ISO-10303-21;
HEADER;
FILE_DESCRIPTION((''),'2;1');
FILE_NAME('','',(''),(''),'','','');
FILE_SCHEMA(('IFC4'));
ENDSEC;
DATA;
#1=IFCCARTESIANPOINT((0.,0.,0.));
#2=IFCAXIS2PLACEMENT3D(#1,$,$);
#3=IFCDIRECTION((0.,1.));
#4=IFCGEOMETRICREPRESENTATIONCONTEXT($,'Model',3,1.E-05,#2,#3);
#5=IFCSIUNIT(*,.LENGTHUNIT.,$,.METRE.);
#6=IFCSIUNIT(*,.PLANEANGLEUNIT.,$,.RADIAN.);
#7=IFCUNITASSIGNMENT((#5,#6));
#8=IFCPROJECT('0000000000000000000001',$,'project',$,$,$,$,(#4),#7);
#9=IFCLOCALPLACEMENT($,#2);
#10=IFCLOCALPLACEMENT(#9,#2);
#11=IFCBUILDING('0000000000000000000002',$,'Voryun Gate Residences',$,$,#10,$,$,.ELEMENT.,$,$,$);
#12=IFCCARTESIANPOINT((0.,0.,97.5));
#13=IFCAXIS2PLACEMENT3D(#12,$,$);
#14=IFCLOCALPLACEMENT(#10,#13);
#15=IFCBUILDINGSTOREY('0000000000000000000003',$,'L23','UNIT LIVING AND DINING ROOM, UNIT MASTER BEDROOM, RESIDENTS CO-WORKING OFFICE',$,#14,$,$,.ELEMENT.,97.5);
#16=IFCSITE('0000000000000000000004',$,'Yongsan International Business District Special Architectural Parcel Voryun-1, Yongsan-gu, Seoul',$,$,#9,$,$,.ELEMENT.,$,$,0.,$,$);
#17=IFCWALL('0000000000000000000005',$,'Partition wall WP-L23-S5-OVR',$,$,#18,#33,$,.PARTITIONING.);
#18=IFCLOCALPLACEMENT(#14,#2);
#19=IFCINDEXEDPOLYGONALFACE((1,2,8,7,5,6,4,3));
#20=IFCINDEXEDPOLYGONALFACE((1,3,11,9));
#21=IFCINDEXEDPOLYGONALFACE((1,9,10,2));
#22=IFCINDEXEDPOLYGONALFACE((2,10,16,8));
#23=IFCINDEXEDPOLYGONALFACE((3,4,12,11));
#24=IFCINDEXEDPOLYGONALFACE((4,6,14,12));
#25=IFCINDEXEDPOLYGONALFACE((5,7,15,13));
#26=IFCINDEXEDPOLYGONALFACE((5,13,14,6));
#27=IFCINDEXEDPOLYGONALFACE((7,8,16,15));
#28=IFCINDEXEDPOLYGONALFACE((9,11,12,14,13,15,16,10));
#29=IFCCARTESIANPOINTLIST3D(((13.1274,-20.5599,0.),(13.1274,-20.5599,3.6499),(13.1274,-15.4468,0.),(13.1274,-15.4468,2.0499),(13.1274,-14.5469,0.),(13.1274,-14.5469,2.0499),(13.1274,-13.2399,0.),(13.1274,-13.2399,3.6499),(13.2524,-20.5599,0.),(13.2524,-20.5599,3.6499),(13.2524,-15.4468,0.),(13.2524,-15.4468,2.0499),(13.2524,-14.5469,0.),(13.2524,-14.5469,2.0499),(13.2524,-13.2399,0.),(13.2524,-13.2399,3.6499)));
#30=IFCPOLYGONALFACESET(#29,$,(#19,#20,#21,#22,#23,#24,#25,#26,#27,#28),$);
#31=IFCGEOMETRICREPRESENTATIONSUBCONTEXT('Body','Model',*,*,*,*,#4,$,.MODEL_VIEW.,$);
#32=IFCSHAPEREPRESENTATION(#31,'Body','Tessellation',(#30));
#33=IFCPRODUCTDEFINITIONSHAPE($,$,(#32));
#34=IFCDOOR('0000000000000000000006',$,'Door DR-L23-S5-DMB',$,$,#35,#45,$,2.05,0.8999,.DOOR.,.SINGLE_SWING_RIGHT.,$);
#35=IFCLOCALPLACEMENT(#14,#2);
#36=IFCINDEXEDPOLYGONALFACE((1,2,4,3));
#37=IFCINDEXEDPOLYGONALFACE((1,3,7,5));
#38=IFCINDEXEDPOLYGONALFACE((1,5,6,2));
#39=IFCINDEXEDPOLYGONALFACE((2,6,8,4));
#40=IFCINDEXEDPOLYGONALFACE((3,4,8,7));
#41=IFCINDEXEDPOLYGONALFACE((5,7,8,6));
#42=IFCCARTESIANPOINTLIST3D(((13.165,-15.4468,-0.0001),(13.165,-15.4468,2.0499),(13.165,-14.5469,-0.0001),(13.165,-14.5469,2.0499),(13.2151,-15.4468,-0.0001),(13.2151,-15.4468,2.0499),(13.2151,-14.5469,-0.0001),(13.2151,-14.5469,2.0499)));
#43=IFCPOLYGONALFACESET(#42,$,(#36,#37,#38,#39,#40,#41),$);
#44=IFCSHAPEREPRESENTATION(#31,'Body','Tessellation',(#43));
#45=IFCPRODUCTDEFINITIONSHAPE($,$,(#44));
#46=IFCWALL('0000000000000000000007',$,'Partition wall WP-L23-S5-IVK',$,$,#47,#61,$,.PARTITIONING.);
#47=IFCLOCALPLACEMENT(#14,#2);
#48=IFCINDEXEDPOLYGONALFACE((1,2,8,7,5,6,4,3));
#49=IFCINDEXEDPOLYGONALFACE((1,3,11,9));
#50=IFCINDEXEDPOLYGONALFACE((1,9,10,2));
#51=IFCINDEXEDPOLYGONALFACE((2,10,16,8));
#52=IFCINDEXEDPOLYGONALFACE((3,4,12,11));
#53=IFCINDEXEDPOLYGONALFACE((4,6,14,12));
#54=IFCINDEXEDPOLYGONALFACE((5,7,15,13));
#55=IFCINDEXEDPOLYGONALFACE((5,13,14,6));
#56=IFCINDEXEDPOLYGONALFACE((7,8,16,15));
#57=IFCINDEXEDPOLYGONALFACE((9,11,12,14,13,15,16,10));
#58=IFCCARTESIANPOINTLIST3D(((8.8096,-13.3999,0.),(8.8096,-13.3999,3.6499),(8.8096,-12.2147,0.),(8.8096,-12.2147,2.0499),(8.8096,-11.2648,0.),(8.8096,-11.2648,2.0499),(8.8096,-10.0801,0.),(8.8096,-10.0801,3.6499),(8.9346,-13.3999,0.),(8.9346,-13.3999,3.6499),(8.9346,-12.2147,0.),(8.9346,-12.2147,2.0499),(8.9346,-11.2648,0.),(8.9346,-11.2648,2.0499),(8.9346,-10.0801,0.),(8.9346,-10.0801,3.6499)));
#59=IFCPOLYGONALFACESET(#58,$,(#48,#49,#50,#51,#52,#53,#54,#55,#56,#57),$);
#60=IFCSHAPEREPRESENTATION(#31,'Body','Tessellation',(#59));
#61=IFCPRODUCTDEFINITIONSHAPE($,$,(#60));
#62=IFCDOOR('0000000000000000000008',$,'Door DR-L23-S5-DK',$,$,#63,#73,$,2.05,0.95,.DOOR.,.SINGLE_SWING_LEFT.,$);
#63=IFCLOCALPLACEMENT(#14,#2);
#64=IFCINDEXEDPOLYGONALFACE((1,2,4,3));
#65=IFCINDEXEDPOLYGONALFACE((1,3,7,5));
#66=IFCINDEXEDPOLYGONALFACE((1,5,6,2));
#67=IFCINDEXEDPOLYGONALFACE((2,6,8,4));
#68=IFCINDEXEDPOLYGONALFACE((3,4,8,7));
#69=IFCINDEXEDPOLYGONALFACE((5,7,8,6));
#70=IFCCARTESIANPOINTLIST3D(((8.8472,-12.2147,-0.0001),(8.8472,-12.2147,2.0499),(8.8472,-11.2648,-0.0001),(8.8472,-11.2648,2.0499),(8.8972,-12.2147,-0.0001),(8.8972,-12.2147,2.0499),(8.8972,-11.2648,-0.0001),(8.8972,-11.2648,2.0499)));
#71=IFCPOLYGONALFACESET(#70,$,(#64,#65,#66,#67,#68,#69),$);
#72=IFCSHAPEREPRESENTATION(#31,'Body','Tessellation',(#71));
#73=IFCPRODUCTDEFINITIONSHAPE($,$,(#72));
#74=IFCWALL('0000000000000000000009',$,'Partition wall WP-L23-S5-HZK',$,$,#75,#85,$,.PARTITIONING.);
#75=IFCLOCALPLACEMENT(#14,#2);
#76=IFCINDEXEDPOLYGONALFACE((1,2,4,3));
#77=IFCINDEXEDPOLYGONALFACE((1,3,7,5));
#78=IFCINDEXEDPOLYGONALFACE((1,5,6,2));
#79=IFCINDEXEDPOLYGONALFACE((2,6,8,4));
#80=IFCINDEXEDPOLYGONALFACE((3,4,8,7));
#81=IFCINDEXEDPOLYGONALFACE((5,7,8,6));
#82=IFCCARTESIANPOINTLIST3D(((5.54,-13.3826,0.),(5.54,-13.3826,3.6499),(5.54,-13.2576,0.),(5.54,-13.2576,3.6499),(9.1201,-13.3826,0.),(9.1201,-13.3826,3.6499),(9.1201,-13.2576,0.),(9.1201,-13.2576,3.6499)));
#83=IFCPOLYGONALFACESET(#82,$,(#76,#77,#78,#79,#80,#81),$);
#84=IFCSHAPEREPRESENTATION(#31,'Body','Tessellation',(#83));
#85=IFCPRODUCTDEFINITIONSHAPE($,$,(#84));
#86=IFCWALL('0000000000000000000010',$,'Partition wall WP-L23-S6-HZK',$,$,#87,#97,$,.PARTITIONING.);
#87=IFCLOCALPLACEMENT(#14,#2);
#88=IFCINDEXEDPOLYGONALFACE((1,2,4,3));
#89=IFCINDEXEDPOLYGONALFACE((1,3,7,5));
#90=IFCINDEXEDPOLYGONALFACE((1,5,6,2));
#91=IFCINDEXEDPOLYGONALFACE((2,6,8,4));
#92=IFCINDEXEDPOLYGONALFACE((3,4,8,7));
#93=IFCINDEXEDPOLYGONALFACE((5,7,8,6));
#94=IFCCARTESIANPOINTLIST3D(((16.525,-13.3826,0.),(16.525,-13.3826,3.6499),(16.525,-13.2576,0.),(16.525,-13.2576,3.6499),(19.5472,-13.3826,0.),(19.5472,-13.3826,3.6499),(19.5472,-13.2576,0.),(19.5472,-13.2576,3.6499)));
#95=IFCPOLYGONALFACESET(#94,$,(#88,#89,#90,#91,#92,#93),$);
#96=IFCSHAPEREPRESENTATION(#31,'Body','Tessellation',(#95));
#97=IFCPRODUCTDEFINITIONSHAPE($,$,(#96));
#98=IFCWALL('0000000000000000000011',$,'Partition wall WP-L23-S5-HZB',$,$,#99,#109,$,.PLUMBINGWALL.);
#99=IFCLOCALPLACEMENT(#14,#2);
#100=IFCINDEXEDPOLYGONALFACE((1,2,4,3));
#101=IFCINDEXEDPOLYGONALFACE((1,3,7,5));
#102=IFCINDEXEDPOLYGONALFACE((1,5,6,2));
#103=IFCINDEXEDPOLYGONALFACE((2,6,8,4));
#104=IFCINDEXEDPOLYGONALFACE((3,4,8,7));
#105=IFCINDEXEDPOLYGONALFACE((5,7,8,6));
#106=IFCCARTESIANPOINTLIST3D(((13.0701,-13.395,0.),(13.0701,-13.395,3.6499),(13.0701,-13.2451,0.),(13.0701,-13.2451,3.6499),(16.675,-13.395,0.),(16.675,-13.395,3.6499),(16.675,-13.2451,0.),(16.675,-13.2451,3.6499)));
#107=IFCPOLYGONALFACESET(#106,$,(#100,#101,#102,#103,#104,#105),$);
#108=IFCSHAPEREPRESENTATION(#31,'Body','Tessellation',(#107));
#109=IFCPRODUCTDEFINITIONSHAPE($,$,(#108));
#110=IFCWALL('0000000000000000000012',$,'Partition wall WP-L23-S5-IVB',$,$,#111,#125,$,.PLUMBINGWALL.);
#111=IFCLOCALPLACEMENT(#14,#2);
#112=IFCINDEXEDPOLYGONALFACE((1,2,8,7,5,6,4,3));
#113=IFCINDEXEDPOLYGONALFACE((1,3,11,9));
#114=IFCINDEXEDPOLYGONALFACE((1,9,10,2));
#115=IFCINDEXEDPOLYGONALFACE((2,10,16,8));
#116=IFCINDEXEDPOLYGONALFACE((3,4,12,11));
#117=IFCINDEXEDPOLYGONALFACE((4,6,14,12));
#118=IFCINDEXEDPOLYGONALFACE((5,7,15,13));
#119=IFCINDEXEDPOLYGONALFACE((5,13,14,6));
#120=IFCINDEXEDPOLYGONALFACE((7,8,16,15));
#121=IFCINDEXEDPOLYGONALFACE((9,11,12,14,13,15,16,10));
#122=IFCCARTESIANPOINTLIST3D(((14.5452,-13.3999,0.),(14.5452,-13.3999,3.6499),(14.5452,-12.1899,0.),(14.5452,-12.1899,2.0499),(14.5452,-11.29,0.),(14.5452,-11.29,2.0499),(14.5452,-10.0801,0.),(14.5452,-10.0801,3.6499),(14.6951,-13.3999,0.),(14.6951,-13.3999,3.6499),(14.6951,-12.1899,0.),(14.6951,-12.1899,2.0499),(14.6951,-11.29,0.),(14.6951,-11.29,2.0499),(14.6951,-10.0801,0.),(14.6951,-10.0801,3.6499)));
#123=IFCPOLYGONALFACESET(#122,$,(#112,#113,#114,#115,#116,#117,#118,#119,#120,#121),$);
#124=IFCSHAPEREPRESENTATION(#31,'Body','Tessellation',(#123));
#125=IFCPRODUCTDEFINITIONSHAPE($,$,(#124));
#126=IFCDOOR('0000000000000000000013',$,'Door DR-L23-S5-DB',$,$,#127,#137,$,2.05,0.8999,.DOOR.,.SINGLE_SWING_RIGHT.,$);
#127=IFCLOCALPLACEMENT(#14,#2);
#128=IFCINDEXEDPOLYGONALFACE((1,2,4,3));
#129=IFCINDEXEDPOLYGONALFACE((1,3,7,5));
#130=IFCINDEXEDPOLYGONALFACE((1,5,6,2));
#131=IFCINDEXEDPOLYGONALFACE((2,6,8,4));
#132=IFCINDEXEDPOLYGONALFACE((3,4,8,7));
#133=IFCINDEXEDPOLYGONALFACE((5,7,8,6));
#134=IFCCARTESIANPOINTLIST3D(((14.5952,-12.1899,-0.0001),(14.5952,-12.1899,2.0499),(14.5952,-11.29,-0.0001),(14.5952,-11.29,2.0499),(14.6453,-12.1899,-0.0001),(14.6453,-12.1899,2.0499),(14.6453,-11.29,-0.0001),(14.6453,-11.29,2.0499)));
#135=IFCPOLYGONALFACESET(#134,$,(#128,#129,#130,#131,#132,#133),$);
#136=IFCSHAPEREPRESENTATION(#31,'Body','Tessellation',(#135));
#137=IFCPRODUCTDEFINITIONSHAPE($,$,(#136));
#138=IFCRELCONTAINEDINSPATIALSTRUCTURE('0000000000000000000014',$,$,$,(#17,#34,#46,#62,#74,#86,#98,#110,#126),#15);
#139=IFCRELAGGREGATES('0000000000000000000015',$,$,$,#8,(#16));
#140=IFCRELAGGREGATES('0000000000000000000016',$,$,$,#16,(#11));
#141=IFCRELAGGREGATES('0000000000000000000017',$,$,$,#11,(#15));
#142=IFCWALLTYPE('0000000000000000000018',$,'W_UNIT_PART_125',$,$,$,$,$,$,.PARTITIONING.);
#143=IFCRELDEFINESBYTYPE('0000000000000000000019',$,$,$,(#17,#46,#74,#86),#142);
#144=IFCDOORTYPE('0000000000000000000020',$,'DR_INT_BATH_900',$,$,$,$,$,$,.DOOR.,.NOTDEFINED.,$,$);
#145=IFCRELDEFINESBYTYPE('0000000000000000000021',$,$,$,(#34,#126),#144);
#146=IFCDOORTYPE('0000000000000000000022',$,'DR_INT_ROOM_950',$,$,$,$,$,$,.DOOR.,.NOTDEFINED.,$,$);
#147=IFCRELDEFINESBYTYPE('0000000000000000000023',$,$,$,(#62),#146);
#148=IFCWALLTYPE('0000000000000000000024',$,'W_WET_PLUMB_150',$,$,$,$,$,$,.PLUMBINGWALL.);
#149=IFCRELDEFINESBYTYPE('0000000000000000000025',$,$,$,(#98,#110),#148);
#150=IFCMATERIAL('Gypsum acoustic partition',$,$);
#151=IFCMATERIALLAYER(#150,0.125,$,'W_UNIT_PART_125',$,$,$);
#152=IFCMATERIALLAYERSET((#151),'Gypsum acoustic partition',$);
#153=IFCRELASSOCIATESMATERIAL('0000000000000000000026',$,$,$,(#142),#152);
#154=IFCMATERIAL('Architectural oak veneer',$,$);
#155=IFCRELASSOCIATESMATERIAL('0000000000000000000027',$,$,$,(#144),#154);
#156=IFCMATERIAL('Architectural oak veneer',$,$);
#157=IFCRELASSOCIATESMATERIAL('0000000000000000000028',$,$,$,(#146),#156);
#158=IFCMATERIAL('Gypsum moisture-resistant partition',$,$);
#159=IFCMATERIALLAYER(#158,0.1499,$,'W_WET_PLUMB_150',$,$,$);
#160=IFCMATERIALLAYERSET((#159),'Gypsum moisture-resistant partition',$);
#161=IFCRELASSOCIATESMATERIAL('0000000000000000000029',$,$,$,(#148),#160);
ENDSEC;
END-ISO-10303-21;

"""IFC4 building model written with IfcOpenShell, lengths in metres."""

from ifc_helpers import new_model, si_unit, direction, frame, frame_2d, origin, place, context, subcontext, project, spatial, rectangle, extrude, material, layer, layer_set, type_object, element, fill, save


model = new_model("IFC4")

# Units and contexts
model_context = context("Model", 3, precision=1e-05, world=origin(), true_north=direction((0.0, 1.0)))
body_context = subcontext(model_context, "Body", "Model", "MODEL_VIEW")
ifc_project = project(units=[si_unit("LENGTHUNIT", "METRE"), si_unit("PLANEANGLEUNIT", "RADIAN")], contexts=[model_context])

# Site, building, storey
site_placement = place(None, origin())
site = spatial("IfcSite", under=ifc_project, at=site_placement, Name="Yongsan International Business District Special Architectural Parcel Voryun-1, Yongsan-gu, Seoul", CompositionType="ELEMENT", RefElevation=0.0)
building_placement = place(site_placement, origin())
building = spatial("IfcBuilding", under=site, at=building_placement, Name="Voryun Gate Residences", CompositionType="ELEMENT")
storey_placement = place(building_placement, frame((0.0, 0.0, 97.5)))
storey = spatial("IfcBuildingStorey", under=building, at=storey_placement, Name="L23", Description="UNIT LIVING AND DINING ROOM, UNIT MASTER BEDROOM, RESIDENTS CO-WORKING OFFICE", CompositionType="ELEMENT", Elevation=97.5)

# Shared definitions
ifc_material_1 = material(Name="Gypsum acoustic partition")
ifc_layer_1 = layer(ifc_material_1, 0.125, Name="W_UNIT_PART_125")
ifc_layer_set_1 = layer_set([ifc_layer_1], Name="Gypsum acoustic partition")
wall_type_1 = type_object("IfcWallType", Name="W_UNIT_PART_125", PredefinedType="PARTITIONING", material=ifc_layer_set_1)

# Walls, openings, doors
ifc_material_2 = material(Name="Architectural oak veneer")
door_type_1 = type_object("IfcDoorType", Name="DR_INT_BATH_900", OperationType="NOTDEFINED", PredefinedType="DOOR", material=ifc_material_2)
ifc_material_3 = material(Name="Architectural oak veneer")
door_type_2 = type_object("IfcDoorType", Name="DR_INT_ROOM_950", OperationType="NOTDEFINED", PredefinedType="DOOR", material=ifc_material_3)
wall_1_placement = place(storey_placement, frame((13.1899, -20.5601, 0.0), z_axis=(0.0, 0.0, 1.0), x_axis=(0.0, 1.0, 0.0)))
wall_1 = element("IfcWall", 1, at=wall_1_placement, inside=storey, type_object=wall_type_1, Name="Partition wall WP-L23-S5-OVR", PredefinedType="PARTITIONING", context=body_context, shape_type="SweptSolid", body=[
    extrude(rectangle(XDim=7.3201, YDim=0.125, at=frame_2d((3.6602, 0.0))), origin(), (0.0, 0.0, 1.0), 3.6499),
])
opening_1_placement = place(wall_1_placement, frame((5.1133, 0.0, 0.0)))
opening_1 = element("IfcOpeningElement", 2, at=opening_1_placement, cuts=wall_1, PredefinedType="OPENING", context=body_context, shape_type="SweptSolid", body=[
    extrude(rectangle(XDim=0.8999, YDim=2.05, at=frame_2d((0.45, 1.0249))), frame((0.0, 0.0725, 0.0), z_axis=(0.0, -1.0, 0.0), x_axis=(1.0, 0.0, 0.0)), (0.0, 0.0, 1.0), 0.145),
])
door_1_placement = place(opening_1_placement, origin())
door_1 = element("IfcDoor", 3, at=door_1_placement, inside=storey, type_object=door_type_1, Name="Door DR-L23-S5-DMB", OperationType="SINGLE_SWING_RIGHT", OverallHeight=2.05, OverallWidth=0.8999, PredefinedType="DOOR", context=body_context, shape_type="SweptSolid", body=[
    extrude(rectangle(XDim=0.8999, YDim=2.05, at=frame_2d((0.45, 1.0249))), frame((0.0, 0.0249, 0.0), z_axis=(0.0, -1.0, 0.0), x_axis=(1.0, 0.0, 0.0)), (0.0, 0.0, 1.0), 0.05),
])
fill(opening_1, door_1)
wall_2_placement = place(storey_placement, frame((8.8721, -13.3999, 0.0), z_axis=(0.0, 0.0, 1.0), x_axis=(0.0, 1.0, 0.0)))
wall_2 = element("IfcWall", 4, at=wall_2_placement, inside=storey, type_object=wall_type_1, Name="Partition wall WP-L23-S5-IVK", PredefinedType="PARTITIONING", context=body_context, shape_type="SweptSolid", body=[
    extrude(rectangle(XDim=3.3198, YDim=0.125, at=frame_2d((1.6599, 0.0))), origin(), (0.0, 0.0, 1.0), 3.6499),
])
opening_2_placement = place(wall_2_placement, frame((1.1851, 0.0, 0.0)))
opening_2 = element("IfcOpeningElement", 5, at=opening_2_placement, cuts=wall_2, PredefinedType="OPENING", context=body_context, shape_type="SweptSolid", body=[
    extrude(rectangle(XDim=0.95, YDim=2.05, at=frame_2d((0.4751, 1.0249))), frame((0.0, 0.0725, 0.0), z_axis=(0.0, -1.0, 0.0), x_axis=(1.0, 0.0, 0.0)), (0.0, 0.0, 1.0), 0.145),
])
door_2_placement = place(opening_2_placement, origin())
door_2 = element("IfcDoor", 6, at=door_2_placement, inside=storey, type_object=door_type_2, Name="Door DR-L23-S5-DK", OperationType="SINGLE_SWING_LEFT", OverallHeight=2.05, OverallWidth=0.95, PredefinedType="DOOR", context=body_context, shape_type="SweptSolid", body=[
    extrude(rectangle(XDim=0.95, YDim=2.05, at=frame_2d((0.4751, 1.0249))), frame((0.0, 0.0249, 0.0), z_axis=(0.0, -1.0, 0.0), x_axis=(1.0, 0.0, 0.0)), (0.0, 0.0, 1.0), 0.05),
])
fill(opening_2, door_2)

# Walls
wall_3_placement = place(storey_placement, frame((5.54, -13.3201, 0.0), z_axis=(0.0, 0.0, 1.0), x_axis=(1.0, 0.0, 0.0)))
element("IfcWall", 7, at=wall_3_placement, inside=storey, type_object=wall_type_1, Name="Partition wall WP-L23-S5-HZK", PredefinedType="PARTITIONING", context=body_context, shape_type="SweptSolid", body=[
    extrude(rectangle(XDim=3.5801, YDim=0.125, at=frame_2d((1.79, 0.0))), origin(), (0.0, 0.0, 1.0), 3.6499),
])
wall_4_placement = place(storey_placement, frame((16.5249, -13.3201, 0.0), z_axis=(0.0, 0.0, 1.0), x_axis=(1.0, 0.0, 0.0)))
element("IfcWall", 8, at=wall_4_placement, inside=storey, type_object=wall_type_1, Name="Partition wall WP-L23-S6-HZK", PredefinedType="PARTITIONING", context=body_context, shape_type="SweptSolid", body=[
    extrude(rectangle(XDim=3.0222, YDim=0.125, at=frame_2d((1.5112, 0.0))), origin(), (0.0, 0.0, 1.0), 3.6499),
])
ifc_material_4 = material(Name="Gypsum moisture-resistant partition")
ifc_layer_2 = layer(ifc_material_4, 0.1499, Name="W_WET_PLUMB_150")
ifc_layer_set_2 = layer_set([ifc_layer_2], Name="Gypsum moisture-resistant partition")
wall_type_2 = type_object("IfcWallType", Name="W_WET_PLUMB_150", PredefinedType="PLUMBINGWALL", material=ifc_layer_set_2)
wall_5_placement = place(storey_placement, frame((13.0701, -13.3201, 0.0), z_axis=(0.0, 0.0, 1.0), x_axis=(1.0, 0.0, 0.0)))
element("IfcWall", 9, at=wall_5_placement, inside=storey, type_object=wall_type_2, Name="Partition wall WP-L23-S5-HZB", PredefinedType="PLUMBINGWALL", context=body_context, shape_type="SweptSolid", body=[
    extrude(rectangle(XDim=3.605, YDim=0.1499, at=frame_2d((1.8025, 0.0))), origin(), (0.0, 0.0, 1.0), 3.6499),
])

# Wall, opening, door
wall_6_placement = place(storey_placement, frame((14.6201, -13.3999, 0.0), z_axis=(0.0, 0.0, 1.0), x_axis=(0.0, 1.0, 0.0)))
wall_6 = element("IfcWall", 10, at=wall_6_placement, inside=storey, type_object=wall_type_2, Name="Partition wall WP-L23-S5-IVB", PredefinedType="PLUMBINGWALL", context=body_context, shape_type="SweptSolid", body=[
    extrude(rectangle(XDim=3.3198, YDim=0.1499, at=frame_2d((1.6599, 0.0))), origin(), (0.0, 0.0, 1.0), 3.6499),
])
opening_3_placement = place(wall_6_placement, frame((1.21, 0.0, 0.0)))
opening_3 = element("IfcOpeningElement", 11, at=opening_3_placement, cuts=wall_6, PredefinedType="OPENING", context=body_context, shape_type="SweptSolid", body=[
    extrude(rectangle(XDim=0.8999, YDim=2.05, at=frame_2d((0.45, 1.0249))), frame((0.0, 0.085, 0.0), z_axis=(0.0, -1.0, 0.0), x_axis=(1.0, 0.0, 0.0)), (0.0, 0.0, 1.0), 0.1699),
])
door_3_placement = place(opening_3_placement, origin())
door_3 = element("IfcDoor", 12, at=door_3_placement, inside=storey, type_object=door_type_1, Name="Door DR-L23-S5-DB", OperationType="SINGLE_SWING_RIGHT", OverallHeight=2.05, OverallWidth=0.8999, PredefinedType="DOOR", context=body_context, shape_type="SweptSolid", body=[
    extrude(rectangle(XDim=0.8999, YDim=2.05, at=frame_2d((0.45, 1.0249))), frame((0.0, 0.0249, 0.0), z_axis=(0.0, -1.0, 0.0), x_axis=(1.0, 0.0, 0.0)), (0.0, 0.0, 1.0), 0.05),
])
fill(opening_3, door_3)

save(model, "model.ifc")
